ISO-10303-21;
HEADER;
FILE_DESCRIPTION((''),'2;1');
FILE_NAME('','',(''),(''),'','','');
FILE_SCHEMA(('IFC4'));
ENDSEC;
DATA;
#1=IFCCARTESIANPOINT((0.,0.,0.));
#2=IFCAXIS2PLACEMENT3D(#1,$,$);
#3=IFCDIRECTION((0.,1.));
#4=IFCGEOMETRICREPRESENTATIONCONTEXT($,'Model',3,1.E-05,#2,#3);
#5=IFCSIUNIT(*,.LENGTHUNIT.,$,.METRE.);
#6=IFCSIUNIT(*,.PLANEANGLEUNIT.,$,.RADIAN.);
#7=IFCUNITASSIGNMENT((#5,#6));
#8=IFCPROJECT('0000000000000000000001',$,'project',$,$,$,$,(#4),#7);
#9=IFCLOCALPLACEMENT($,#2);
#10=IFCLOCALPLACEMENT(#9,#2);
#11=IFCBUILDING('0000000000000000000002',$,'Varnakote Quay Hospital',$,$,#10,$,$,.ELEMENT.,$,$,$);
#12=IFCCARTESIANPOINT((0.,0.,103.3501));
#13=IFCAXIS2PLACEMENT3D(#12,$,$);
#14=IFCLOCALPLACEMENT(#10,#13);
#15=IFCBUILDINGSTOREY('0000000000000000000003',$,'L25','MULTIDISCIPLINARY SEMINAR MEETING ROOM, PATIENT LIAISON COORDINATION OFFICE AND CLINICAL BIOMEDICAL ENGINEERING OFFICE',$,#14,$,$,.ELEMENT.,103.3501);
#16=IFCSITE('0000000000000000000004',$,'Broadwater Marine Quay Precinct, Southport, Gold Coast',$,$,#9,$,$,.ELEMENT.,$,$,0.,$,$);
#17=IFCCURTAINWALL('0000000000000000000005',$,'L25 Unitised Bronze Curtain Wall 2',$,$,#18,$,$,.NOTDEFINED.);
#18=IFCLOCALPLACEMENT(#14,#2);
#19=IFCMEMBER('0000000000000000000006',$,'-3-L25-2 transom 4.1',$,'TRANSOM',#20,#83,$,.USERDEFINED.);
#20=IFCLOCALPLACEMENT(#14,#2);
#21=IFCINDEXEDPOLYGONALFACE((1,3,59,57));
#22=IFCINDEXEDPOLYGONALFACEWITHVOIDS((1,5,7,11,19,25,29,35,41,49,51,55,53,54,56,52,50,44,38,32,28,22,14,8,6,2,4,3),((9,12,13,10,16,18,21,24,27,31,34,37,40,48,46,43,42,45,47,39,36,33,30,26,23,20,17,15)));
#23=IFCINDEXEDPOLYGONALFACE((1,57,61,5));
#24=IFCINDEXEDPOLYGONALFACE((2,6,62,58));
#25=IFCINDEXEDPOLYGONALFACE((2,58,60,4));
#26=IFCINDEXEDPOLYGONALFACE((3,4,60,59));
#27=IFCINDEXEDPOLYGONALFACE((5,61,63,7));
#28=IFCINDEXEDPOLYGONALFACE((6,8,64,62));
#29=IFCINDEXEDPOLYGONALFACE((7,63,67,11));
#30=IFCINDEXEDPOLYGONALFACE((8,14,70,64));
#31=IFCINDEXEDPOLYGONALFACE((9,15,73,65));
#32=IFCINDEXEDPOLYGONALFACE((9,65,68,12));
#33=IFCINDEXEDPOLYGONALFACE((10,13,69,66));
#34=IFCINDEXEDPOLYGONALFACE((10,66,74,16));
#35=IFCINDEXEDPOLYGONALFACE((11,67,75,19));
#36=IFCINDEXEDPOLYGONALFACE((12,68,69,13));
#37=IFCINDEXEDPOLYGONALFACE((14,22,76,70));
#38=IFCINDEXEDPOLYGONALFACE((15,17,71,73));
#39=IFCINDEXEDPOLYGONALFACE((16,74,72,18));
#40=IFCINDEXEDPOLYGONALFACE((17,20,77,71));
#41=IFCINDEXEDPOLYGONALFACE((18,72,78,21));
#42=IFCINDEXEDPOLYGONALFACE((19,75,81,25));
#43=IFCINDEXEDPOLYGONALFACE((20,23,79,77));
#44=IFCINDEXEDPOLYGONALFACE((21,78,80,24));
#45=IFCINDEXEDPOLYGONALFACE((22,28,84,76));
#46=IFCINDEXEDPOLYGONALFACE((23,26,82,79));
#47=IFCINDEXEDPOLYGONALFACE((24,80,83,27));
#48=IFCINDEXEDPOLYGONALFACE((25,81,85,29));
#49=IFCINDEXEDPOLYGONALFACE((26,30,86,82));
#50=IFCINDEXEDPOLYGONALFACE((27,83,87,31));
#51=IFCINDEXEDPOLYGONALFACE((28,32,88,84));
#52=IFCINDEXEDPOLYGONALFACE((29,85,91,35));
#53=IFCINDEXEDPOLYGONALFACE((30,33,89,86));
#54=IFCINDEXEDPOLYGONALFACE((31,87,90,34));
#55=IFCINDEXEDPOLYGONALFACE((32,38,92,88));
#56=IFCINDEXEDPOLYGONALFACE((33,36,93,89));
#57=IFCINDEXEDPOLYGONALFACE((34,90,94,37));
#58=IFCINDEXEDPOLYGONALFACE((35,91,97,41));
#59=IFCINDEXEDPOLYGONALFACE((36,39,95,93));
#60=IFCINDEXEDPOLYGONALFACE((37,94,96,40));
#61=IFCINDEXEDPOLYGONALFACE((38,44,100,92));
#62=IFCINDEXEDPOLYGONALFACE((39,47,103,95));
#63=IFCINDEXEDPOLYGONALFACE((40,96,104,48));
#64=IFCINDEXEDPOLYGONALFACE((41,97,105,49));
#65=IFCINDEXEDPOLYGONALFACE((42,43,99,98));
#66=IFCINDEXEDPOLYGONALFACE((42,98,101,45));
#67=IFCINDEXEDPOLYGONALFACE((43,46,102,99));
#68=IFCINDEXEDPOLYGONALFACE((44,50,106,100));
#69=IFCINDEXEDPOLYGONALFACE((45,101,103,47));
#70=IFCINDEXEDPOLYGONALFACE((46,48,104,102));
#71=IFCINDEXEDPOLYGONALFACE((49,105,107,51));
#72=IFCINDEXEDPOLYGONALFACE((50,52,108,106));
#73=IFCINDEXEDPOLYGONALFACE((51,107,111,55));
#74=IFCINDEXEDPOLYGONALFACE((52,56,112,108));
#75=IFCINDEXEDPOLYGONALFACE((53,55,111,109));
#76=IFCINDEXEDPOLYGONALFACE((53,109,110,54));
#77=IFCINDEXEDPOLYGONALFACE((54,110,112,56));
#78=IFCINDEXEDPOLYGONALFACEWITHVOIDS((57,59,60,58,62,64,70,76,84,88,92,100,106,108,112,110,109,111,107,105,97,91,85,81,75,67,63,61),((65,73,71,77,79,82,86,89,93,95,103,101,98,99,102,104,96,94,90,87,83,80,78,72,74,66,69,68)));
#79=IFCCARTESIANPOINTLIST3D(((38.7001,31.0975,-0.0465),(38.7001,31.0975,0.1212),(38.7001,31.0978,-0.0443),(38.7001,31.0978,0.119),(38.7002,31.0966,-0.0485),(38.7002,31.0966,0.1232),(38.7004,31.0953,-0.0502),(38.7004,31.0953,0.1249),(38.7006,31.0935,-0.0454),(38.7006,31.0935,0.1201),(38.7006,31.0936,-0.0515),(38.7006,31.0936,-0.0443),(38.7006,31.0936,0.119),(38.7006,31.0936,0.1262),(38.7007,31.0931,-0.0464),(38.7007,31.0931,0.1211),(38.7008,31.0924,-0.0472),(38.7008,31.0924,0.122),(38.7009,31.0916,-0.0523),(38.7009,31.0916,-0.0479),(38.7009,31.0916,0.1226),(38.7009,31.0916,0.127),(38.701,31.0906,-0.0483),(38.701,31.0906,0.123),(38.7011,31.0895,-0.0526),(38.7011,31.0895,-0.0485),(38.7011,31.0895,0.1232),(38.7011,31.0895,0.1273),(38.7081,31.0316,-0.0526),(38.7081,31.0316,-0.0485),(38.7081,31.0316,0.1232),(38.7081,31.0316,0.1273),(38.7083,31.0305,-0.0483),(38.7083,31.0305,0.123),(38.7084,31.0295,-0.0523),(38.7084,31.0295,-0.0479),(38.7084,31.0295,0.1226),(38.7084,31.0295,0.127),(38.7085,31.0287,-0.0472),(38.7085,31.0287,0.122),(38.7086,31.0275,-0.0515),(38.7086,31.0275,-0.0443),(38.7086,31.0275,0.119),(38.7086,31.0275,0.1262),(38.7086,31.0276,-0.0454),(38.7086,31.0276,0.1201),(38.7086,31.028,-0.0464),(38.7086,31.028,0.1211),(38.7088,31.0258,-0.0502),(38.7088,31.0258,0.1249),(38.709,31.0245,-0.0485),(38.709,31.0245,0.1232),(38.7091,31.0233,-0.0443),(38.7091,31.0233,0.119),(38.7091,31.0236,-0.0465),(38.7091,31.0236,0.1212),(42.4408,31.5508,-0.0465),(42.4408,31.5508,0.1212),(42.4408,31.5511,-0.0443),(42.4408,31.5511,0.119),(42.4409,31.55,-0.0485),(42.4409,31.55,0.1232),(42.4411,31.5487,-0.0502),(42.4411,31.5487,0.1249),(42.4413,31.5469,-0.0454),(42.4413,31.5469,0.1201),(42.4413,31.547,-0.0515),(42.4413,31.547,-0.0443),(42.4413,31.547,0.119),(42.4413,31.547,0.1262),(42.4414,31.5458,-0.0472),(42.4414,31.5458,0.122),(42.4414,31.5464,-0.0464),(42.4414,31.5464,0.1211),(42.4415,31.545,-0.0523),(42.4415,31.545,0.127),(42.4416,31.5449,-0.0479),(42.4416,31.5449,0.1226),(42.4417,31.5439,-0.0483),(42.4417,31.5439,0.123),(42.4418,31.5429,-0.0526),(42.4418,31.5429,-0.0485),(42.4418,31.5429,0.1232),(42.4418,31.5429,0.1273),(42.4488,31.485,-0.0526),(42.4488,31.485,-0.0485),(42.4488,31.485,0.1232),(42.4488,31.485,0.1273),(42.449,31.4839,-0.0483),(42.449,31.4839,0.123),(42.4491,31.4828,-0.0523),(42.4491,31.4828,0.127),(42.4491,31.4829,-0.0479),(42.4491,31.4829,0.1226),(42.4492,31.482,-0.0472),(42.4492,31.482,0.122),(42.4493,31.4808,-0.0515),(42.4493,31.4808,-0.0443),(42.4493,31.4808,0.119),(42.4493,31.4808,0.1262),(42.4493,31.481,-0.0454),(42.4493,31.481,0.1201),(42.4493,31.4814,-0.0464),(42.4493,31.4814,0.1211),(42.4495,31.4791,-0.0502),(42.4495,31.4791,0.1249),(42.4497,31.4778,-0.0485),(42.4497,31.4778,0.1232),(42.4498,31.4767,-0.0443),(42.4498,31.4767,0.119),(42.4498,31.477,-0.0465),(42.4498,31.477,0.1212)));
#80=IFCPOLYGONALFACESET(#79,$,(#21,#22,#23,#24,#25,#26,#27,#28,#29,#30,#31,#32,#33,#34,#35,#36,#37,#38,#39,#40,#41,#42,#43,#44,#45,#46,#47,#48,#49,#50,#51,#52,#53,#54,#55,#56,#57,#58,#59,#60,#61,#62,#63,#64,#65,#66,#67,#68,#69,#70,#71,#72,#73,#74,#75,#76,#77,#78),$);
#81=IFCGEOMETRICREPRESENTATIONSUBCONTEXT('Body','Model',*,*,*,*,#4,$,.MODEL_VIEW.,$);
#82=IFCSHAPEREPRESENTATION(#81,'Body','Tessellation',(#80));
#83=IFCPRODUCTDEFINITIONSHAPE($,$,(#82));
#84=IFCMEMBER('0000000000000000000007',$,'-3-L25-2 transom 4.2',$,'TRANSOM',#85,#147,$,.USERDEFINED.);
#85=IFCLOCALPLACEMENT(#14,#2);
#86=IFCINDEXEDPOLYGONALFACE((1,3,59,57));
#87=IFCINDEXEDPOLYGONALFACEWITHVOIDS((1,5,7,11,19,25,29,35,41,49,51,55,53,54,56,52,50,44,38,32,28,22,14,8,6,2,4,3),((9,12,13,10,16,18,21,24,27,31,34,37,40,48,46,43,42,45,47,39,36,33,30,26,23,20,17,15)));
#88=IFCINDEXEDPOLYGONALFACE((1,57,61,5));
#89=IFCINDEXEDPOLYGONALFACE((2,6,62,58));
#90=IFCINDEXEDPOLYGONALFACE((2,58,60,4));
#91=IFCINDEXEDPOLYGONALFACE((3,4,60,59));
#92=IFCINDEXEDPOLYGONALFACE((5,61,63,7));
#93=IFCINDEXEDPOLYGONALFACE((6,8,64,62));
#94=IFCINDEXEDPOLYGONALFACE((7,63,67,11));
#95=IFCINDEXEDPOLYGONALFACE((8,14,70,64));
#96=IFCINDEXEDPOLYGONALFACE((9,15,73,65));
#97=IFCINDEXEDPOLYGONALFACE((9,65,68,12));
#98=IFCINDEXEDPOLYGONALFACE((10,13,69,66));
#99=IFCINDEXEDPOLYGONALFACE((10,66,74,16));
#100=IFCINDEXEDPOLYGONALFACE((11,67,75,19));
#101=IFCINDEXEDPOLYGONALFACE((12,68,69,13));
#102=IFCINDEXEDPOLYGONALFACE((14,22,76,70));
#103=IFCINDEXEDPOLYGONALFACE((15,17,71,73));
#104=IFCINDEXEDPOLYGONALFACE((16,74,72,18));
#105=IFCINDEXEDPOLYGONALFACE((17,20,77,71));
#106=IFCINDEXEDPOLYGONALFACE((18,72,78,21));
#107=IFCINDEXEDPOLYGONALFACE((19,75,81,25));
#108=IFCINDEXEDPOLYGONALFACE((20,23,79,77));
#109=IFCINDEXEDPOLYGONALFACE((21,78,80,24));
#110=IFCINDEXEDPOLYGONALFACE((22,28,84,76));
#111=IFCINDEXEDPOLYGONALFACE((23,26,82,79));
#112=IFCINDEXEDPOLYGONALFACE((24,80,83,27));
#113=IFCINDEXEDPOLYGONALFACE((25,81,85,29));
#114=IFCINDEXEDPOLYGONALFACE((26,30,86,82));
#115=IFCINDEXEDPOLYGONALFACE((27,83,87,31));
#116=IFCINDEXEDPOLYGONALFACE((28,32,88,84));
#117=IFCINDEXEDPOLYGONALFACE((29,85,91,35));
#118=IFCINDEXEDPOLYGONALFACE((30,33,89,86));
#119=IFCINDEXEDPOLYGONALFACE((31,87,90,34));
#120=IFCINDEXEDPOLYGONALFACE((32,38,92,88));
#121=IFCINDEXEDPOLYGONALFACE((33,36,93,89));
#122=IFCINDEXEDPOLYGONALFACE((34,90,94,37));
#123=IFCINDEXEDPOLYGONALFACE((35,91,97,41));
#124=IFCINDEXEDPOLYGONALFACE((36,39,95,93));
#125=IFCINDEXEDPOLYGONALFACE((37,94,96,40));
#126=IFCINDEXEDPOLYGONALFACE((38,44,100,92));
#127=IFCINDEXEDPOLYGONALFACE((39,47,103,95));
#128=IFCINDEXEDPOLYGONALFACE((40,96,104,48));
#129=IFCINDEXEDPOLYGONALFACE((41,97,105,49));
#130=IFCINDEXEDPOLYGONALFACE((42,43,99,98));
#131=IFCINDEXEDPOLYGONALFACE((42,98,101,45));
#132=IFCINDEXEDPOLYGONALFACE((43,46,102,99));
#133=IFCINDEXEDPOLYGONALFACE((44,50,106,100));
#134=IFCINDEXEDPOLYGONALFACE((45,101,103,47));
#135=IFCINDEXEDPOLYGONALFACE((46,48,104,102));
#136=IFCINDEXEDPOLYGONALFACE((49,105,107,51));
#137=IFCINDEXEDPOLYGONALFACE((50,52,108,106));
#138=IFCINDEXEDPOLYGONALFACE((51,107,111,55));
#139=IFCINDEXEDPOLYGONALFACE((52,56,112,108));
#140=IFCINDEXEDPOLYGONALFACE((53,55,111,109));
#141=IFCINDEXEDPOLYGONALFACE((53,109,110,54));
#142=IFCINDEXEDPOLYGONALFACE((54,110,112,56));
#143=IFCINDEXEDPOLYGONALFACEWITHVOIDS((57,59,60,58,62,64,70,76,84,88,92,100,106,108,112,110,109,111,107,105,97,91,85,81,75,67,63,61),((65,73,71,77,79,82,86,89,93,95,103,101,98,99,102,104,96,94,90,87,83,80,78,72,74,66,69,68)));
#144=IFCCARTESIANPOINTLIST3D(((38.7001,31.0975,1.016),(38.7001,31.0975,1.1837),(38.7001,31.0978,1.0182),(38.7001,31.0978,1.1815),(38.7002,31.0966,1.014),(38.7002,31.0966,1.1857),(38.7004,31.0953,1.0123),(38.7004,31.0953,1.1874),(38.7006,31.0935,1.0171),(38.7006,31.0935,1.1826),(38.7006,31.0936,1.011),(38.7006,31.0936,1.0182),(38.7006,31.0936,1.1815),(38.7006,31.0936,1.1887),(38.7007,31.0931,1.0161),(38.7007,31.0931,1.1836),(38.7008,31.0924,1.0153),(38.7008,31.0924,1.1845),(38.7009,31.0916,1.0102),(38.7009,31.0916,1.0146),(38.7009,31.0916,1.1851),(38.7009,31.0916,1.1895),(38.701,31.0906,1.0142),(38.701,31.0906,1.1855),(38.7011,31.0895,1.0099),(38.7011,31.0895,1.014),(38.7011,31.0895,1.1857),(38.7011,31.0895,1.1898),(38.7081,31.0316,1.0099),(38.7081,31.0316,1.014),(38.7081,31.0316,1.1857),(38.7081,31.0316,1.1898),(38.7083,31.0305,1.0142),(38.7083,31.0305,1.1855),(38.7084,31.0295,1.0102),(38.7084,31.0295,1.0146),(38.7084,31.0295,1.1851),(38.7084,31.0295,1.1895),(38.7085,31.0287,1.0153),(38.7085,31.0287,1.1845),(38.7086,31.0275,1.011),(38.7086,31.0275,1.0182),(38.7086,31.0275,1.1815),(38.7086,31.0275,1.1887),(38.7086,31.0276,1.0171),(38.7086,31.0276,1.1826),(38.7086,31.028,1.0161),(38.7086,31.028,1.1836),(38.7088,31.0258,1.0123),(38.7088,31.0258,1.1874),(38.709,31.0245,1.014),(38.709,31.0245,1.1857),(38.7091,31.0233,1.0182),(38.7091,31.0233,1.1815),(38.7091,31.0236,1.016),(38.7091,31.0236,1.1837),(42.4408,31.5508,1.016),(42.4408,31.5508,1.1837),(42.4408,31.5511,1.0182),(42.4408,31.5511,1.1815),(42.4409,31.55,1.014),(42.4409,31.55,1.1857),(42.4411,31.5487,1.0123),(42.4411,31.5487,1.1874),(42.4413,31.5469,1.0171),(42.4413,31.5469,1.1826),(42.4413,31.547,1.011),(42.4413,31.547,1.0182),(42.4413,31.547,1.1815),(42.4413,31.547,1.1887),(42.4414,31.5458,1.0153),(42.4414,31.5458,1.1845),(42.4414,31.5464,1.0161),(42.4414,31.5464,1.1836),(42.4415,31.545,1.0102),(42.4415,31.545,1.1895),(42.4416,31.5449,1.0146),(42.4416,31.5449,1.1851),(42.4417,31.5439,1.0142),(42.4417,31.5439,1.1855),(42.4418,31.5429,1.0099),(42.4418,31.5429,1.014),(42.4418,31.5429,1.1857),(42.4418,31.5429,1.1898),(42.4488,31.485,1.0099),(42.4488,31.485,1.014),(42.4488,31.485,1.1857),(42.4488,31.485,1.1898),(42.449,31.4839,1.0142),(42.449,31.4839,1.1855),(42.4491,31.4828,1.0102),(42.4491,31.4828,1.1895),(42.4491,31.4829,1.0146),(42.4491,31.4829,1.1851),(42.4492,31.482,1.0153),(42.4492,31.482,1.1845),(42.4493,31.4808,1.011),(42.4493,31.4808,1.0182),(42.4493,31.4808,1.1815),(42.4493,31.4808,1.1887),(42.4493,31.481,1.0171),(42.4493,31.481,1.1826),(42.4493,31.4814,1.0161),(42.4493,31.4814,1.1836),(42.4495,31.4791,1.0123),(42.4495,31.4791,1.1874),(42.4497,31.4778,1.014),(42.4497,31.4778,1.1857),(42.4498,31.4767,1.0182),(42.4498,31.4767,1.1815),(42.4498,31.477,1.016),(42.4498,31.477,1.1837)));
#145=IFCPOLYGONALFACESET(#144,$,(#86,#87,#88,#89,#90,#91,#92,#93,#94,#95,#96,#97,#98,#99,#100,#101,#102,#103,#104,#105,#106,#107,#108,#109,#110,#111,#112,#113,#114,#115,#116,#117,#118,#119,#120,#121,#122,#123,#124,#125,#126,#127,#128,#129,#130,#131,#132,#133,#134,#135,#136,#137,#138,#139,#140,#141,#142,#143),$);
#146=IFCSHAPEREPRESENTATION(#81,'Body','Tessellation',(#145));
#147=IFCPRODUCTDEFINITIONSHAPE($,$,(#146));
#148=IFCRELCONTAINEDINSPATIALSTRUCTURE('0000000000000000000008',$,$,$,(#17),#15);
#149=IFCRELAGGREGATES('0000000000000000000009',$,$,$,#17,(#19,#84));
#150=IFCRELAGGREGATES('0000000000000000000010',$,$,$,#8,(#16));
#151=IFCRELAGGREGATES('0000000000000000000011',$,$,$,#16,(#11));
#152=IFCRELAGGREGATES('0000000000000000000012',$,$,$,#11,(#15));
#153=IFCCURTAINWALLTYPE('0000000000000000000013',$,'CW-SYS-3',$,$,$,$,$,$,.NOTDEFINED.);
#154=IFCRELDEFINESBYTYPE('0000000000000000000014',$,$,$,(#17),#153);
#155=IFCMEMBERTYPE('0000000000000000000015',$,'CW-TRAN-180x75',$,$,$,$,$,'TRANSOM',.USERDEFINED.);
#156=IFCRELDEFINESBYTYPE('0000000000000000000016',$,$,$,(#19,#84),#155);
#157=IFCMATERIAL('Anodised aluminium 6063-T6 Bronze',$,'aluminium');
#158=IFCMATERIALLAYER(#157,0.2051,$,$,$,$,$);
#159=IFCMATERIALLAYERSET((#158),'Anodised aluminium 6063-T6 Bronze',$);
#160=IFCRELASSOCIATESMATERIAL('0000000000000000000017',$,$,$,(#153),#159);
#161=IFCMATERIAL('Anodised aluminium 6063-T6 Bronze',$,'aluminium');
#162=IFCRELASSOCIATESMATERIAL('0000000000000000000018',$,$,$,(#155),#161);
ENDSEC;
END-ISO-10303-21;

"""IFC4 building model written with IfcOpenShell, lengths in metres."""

from ifc_helpers import new_model, si_unit, direction, frame, origin, origin_2d, place, context, subcontext, project, spatial, hollow_rectangle, extrude, material, layer, layer_set, material_profile, profile_set, type_object, element, aggregate, save


model = new_model("IFC4")

# Units and contexts
model_context = context("Model", 3, precision=1e-05, world=origin(), true_north=direction((0.0, 1.0)))
body_context = subcontext(model_context, "Body", "Model", "MODEL_VIEW")
ifc_project = project(units=[si_unit("LENGTHUNIT", "METRE"), si_unit("PLANEANGLEUNIT", "RADIAN")], contexts=[model_context])

# Site, building, storey
site_placement = place(None, origin())
site = spatial("IfcSite", under=ifc_project, at=site_placement, Name="Broadwater Marine Quay Precinct, Southport, Gold Coast", CompositionType="ELEMENT", RefElevation=0.0)
building_placement = place(site_placement, origin())
building = spatial("IfcBuilding", under=site, at=building_placement, Name="Varnakote Quay Hospital", CompositionType="ELEMENT")
storey_placement = place(building_placement, frame((0.0, 0.0, 103.3501)))
storey = spatial("IfcBuildingStorey", under=building, at=storey_placement, Name="L25", Description="MULTIDISCIPLINARY SEMINAR MEETING ROOM, PATIENT LIAISON COORDINATION OFFICE AND CLINICAL BIOMEDICAL ENGINEERING OFFICE", CompositionType="ELEMENT", Elevation=103.3501)

# Curtain wall, members
ifc_material_1 = material(Name="Anodised aluminium 6063-T6 Bronze", Category="aluminium")
ifc_layer_1 = layer(ifc_material_1, 0.2051)
ifc_layer_set_1 = layer_set([ifc_layer_1], Name="Anodised aluminium 6063-T6 Bronze")
curtain_wall_type = type_object("IfcCurtainWallType", Name="CW-SYS-3", PredefinedType="NOTDEFINED", material=ifc_layer_set_1)
curtain_wall_placement = place(storey_placement, origin())
curtain_wall = element("IfcCurtainWall", 1, at=curtain_wall_placement, inside=storey, type_object=curtain_wall_type, Name="L25 Unitised Bronze Curtain Wall 2", PredefinedType="NOTDEFINED")
ifc_material_2 = material(Name="Anodised aluminium 6063-T6 Bronze", Category="aluminium")
ifc_material_profile_1 = material_profile(ifc_material_2, hollow_rectangle(XDim=0.075, YDim=0.1799, WallThickness=0.0042, InnerFilletRadius=0.0042, OuterFilletRadius=0.0083, at=origin_2d()), Name="CW-TRAN-180x75")
ifc_profile_set_1 = profile_set([ifc_material_profile_1], Name="Anodised aluminium 6063-T6 Bronze")
member_type_1 = type_object("IfcMemberType", Name="CW-TRAN-180x75", ElementType="TRANSOM", PredefinedType="USERDEFINED", material=ifc_profile_set_1)
member_1_placement = place(storey_placement, frame((42.4453, 31.5139, 0.0374), z_axis=(-0.992735, -0.120318, 0.0), x_axis=(0.120318, -0.992735, 0.0)))
member_1 = element("IfcMember", 2, at=member_1_placement, type_object=member_type_1, Name="-3-L25-2 transom 4.1", ObjectType="TRANSOM", PredefinedType="USERDEFINED", context=body_context, shape_type="SweptSolid", body=[
    extrude(hollow_rectangle(XDim=0.075, YDim=0.1799, WallThickness=0.0042, InnerFilletRadius=0.0042, OuterFilletRadius=0.0083, at=origin_2d()), origin(), (0.0, 0.0, 1.0), 3.7681),
])
member_2_placement = place(storey_placement, frame((42.4453, 31.5139, 1.0999), z_axis=(-0.992735, -0.120318, 0.0), x_axis=(0.120318, -0.992735, 0.0)))
member_2 = element("IfcMember", 3, at=member_2_placement, type_object=member_type_1, Name="-3-L25-2 transom 4.2", ObjectType="TRANSOM", PredefinedType="USERDEFINED", context=body_context, shape_type="SweptSolid", body=[
    extrude(hollow_rectangle(XDim=0.075, YDim=0.1799, WallThickness=0.0042, InnerFilletRadius=0.0042, OuterFilletRadius=0.0083, at=origin_2d()), origin(), (0.0, 0.0, 1.0), 3.7681),
])

aggregate(curtain_wall, [member_1, member_2])

save(model, "model.ifc")
